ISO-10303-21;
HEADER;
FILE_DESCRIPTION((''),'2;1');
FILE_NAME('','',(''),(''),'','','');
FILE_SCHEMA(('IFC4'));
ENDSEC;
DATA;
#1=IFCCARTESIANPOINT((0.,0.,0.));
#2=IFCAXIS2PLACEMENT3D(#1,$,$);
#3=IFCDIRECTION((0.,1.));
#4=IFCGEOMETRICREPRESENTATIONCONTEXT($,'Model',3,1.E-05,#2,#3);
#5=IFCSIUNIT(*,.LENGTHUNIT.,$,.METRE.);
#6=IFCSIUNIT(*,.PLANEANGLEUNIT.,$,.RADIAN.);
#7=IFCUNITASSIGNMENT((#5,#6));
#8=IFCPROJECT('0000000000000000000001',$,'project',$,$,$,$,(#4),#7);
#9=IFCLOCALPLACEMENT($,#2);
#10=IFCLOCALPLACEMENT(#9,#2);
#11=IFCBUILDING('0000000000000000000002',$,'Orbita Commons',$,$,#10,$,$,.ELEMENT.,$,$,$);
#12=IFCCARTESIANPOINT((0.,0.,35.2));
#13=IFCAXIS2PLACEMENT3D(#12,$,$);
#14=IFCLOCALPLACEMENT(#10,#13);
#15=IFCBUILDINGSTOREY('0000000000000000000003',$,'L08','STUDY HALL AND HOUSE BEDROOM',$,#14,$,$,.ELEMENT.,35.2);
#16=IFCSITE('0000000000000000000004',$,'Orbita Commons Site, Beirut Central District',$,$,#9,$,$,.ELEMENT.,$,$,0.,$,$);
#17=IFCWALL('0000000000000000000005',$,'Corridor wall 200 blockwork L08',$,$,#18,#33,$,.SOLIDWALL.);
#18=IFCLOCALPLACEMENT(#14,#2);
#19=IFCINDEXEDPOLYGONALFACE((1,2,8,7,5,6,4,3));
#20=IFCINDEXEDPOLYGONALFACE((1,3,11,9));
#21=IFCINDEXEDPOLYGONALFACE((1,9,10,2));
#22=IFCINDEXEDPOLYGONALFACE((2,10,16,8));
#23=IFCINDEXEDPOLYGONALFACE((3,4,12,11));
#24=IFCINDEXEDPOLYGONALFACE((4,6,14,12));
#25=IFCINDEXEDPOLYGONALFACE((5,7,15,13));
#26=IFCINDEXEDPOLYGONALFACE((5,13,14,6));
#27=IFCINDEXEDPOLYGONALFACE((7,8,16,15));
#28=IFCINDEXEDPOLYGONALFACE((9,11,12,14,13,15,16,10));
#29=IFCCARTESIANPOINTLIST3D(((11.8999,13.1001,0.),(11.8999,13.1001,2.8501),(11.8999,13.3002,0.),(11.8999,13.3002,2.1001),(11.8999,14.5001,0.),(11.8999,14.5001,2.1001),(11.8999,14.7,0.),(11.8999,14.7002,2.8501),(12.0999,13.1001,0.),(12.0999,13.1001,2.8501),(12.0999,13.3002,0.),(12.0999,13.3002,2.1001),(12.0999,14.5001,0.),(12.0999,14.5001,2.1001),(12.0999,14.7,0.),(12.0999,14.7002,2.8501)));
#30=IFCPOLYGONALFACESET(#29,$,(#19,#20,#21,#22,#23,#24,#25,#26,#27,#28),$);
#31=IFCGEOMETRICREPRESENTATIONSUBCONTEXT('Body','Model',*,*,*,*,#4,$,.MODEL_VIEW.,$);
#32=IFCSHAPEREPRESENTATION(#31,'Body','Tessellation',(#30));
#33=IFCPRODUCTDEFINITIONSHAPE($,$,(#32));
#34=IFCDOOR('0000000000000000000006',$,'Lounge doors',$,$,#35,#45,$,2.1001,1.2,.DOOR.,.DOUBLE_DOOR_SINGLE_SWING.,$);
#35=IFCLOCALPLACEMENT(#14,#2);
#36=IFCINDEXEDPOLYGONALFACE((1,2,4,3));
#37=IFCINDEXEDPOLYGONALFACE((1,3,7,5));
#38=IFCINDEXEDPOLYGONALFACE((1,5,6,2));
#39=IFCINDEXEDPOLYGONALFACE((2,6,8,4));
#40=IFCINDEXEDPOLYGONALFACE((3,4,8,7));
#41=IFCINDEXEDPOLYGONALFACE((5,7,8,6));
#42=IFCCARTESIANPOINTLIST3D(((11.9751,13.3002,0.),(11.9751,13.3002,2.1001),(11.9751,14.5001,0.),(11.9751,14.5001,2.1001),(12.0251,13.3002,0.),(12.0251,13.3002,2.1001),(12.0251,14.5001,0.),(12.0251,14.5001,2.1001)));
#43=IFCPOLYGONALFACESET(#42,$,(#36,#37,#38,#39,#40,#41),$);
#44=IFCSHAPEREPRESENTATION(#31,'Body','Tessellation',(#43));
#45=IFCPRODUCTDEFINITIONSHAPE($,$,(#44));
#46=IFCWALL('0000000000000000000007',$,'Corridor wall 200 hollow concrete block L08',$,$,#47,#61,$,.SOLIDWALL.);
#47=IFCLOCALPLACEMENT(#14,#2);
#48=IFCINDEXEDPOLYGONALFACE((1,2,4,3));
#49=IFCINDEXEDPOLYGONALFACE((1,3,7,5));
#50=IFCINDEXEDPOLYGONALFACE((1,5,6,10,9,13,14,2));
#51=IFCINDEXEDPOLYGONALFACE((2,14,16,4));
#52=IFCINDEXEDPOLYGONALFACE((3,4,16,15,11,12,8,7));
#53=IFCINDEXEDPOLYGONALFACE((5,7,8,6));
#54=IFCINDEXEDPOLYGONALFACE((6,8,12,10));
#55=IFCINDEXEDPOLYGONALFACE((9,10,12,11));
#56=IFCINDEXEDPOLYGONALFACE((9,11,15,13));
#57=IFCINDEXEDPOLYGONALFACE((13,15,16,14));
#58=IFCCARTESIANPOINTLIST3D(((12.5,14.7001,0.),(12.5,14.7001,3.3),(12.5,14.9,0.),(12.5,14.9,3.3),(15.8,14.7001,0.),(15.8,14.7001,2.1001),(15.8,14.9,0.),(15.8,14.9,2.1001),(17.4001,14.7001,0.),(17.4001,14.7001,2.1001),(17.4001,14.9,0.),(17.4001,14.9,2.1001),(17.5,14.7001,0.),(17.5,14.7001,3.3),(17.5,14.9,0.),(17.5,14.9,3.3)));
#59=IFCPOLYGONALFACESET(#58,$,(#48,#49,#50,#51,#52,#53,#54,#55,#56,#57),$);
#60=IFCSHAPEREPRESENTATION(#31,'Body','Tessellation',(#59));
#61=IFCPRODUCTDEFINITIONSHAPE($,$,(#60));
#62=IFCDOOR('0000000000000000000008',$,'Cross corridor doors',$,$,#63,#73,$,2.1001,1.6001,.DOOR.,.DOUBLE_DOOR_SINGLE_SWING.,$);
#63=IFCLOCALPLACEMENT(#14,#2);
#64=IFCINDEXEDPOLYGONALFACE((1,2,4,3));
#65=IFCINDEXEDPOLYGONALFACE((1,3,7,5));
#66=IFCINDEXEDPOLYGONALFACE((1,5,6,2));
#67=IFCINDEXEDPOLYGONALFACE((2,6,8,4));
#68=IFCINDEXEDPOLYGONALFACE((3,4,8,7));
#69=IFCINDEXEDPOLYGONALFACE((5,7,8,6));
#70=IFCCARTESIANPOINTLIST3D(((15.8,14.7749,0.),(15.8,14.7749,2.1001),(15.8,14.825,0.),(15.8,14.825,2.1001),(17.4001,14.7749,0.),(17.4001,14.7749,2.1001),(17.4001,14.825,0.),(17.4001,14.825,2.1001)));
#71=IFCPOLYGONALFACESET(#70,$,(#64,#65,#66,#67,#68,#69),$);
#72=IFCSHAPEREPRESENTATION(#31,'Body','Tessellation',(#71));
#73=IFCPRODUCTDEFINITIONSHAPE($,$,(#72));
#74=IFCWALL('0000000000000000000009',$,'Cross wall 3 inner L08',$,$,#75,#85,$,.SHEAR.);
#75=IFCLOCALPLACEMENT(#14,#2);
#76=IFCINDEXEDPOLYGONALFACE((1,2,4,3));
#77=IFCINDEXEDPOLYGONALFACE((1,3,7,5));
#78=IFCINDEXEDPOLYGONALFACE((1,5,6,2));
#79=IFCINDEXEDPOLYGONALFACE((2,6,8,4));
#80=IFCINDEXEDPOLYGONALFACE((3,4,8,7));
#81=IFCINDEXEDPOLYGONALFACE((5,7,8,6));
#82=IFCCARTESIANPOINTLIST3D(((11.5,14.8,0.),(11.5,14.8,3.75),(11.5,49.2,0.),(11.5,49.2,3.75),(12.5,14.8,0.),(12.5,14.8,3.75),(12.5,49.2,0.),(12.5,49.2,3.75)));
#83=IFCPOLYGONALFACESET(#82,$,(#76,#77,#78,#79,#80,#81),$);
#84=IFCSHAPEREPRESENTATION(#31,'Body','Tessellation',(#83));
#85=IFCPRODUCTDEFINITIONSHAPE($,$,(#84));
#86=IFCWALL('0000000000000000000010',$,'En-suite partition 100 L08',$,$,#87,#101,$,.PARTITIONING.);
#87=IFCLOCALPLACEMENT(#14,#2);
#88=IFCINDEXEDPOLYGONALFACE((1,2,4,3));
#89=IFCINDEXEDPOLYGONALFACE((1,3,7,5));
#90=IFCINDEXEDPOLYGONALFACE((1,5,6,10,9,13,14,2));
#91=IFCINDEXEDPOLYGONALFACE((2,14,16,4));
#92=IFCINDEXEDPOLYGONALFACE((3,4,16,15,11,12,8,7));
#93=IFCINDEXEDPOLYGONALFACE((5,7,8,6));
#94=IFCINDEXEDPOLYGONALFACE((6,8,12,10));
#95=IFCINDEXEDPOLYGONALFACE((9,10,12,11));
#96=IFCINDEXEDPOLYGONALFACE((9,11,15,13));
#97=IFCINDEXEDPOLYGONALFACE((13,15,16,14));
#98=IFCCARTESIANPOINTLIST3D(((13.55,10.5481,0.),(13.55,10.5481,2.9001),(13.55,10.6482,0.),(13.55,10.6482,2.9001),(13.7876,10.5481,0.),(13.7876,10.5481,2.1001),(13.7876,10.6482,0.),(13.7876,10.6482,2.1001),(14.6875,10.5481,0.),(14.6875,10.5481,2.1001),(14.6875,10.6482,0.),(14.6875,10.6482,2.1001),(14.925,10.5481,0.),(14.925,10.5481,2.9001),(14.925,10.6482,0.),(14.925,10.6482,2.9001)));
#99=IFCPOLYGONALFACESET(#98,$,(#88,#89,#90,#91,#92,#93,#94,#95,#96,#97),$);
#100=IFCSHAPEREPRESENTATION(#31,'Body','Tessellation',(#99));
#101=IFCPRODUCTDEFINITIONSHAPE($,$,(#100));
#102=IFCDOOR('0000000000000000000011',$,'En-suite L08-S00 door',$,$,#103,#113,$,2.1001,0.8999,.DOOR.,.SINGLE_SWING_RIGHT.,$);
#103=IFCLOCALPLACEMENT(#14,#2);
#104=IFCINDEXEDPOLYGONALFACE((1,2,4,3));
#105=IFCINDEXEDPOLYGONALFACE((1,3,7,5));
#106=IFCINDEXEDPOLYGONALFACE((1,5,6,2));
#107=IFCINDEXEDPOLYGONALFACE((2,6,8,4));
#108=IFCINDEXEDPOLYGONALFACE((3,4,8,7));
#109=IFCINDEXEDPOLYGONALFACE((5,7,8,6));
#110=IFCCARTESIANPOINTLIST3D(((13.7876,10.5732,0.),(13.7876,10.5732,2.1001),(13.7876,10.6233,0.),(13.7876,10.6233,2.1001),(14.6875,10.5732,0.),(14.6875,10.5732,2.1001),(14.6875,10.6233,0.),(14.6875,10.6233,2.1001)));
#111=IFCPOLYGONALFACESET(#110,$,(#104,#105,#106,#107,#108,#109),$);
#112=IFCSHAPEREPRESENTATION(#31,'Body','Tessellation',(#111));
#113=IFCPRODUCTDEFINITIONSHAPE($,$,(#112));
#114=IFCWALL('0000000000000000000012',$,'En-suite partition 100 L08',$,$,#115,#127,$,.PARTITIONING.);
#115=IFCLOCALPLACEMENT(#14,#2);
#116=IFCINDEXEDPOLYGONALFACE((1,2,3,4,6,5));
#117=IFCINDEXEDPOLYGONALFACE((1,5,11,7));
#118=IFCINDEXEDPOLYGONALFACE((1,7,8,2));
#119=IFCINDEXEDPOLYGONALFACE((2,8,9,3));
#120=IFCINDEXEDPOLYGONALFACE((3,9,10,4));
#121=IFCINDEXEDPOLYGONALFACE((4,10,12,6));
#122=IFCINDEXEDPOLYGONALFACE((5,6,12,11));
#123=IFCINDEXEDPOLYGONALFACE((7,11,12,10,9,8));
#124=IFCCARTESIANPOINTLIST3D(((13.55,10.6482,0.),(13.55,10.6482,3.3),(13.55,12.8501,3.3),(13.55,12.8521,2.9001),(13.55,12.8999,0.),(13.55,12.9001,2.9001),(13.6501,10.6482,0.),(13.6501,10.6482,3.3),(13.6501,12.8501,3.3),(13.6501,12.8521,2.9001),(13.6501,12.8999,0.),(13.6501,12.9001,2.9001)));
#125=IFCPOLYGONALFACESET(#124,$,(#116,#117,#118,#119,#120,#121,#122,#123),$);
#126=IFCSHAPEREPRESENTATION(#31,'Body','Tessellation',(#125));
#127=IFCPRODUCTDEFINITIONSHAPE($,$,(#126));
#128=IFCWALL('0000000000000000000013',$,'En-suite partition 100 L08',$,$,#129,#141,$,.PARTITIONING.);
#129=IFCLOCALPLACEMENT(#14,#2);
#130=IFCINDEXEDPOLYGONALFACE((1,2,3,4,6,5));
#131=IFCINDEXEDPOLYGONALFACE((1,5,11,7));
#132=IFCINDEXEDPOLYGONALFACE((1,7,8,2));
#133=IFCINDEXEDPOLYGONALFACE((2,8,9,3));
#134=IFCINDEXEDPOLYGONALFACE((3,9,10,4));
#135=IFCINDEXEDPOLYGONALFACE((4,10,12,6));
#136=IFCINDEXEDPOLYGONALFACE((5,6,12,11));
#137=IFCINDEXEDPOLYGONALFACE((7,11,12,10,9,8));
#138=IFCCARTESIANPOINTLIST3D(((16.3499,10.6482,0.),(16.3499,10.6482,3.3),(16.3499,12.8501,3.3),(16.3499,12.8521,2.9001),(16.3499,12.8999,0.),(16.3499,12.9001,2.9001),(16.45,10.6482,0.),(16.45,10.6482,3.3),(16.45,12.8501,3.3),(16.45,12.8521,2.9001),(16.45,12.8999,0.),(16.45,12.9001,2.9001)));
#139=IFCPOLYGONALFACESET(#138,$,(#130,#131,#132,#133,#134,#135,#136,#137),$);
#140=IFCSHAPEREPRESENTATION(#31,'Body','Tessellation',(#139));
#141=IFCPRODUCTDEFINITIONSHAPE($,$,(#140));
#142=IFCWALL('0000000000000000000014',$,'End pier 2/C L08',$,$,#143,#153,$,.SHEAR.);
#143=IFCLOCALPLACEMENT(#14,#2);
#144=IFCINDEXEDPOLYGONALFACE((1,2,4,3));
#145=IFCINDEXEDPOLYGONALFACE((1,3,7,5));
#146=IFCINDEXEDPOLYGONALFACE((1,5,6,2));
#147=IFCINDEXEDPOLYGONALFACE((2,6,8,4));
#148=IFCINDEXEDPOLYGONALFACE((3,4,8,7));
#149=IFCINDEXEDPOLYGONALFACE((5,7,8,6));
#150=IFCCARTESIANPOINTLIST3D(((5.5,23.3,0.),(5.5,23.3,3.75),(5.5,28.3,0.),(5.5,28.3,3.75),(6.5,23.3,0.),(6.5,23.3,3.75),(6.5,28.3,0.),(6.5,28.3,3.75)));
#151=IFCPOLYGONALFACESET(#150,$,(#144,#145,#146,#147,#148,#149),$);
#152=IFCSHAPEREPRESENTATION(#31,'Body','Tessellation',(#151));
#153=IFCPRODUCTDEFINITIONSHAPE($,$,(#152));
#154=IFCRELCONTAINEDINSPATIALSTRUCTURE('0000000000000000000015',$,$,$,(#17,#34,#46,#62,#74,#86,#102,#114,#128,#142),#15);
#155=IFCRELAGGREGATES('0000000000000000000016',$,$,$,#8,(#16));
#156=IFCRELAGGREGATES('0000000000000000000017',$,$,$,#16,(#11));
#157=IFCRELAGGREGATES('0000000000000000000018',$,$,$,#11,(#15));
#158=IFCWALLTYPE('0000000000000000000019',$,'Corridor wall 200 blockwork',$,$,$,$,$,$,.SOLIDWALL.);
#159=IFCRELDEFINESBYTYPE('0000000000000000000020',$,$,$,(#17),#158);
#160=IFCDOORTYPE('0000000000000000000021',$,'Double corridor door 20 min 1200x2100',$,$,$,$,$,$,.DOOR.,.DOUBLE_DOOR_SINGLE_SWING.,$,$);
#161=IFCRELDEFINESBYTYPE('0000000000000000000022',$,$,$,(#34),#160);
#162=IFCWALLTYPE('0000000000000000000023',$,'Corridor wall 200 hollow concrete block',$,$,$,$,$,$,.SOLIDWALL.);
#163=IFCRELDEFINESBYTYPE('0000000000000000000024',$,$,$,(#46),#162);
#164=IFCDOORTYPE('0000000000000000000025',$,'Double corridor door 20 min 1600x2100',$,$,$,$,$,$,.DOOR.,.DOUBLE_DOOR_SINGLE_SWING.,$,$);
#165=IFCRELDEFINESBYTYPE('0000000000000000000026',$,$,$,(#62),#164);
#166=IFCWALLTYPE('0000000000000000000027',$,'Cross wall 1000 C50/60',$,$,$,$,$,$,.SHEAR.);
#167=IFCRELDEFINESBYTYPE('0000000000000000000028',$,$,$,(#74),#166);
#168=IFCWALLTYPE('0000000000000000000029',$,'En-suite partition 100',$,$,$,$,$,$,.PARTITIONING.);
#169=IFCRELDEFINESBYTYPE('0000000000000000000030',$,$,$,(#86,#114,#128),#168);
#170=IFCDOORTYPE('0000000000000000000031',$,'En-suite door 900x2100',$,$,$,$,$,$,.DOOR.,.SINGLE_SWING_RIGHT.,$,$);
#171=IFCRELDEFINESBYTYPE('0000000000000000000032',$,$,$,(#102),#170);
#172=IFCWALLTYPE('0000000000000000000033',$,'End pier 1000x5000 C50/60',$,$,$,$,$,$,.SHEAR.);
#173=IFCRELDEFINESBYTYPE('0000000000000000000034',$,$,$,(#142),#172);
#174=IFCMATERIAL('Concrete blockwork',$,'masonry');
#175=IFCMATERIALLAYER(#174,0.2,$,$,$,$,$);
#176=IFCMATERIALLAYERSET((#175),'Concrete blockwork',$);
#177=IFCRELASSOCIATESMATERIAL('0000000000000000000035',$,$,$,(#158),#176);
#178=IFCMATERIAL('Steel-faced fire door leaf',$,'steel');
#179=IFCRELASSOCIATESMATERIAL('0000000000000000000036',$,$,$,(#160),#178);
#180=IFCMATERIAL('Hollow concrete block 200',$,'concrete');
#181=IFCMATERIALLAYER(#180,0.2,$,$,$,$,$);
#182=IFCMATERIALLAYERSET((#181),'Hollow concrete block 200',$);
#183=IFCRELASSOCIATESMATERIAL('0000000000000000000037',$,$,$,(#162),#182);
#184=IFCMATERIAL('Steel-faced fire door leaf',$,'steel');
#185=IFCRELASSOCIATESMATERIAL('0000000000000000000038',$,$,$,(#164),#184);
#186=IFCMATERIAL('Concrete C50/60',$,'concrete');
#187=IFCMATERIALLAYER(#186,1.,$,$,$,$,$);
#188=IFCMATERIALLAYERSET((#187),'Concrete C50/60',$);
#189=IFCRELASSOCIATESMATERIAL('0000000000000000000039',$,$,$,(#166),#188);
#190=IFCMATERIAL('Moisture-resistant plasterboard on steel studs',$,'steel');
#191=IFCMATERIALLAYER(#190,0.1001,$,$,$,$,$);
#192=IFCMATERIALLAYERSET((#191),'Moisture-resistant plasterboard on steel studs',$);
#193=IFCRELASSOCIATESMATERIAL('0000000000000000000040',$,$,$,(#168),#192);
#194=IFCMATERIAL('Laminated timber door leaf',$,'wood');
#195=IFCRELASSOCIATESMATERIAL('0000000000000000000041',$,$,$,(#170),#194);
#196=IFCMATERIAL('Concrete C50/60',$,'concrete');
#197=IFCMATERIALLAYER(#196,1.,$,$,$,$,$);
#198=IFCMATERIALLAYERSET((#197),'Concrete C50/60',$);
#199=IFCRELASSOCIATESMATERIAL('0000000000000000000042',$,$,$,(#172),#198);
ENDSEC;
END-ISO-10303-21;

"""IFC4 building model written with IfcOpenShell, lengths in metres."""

from ifc_helpers import new_model, si_unit, direction, frame, frame_2d, origin, place, context, subcontext, project, spatial, polyline, rectangle, outline, extrude, material, layer, layer_set, type_object, element, fill, save


model = new_model("IFC4")

# Units and contexts
model_context = context("Model", 3, precision=1e-05, world=origin(), true_north=direction((0.0, 1.0)))
body_context = subcontext(model_context, "Body", "Model", "MODEL_VIEW")
ifc_project = project(units=[si_unit("LENGTHUNIT", "METRE"), si_unit("PLANEANGLEUNIT", "RADIAN")], contexts=[model_context])

# Site, building, storey
site_placement = place(None, origin())
site = spatial("IfcSite", under=ifc_project, at=site_placement, Name="Orbita Commons Site, Beirut Central District", CompositionType="ELEMENT", RefElevation=0.0)
building_placement = place(site_placement, origin())
building = spatial("IfcBuilding", under=site, at=building_placement, Name="Orbita Commons", CompositionType="ELEMENT")
storey_placement = place(building_placement, frame((0.0, 0.0, 35.2)))
storey = spatial("IfcBuildingStorey", under=building, at=storey_placement, Name="L08", Description="STUDY HALL AND HOUSE BEDROOM", CompositionType="ELEMENT", Elevation=35.2)

# Shared definitions
ifc_material_1 = material(Name="Concrete blockwork", Category="masonry")
ifc_layer_1 = layer(ifc_material_1, 0.2)
ifc_layer_set_1 = layer_set([ifc_layer_1], Name="Concrete blockwork")
wall_type_1 = type_object("IfcWallType", Name="Corridor wall 200 blockwork", PredefinedType="SOLIDWALL", material=ifc_layer_set_1)

# Walls, openings, doors
wall_1_placement = place(storey_placement, frame((12.0, 13.1001, 0.0), z_axis=(0.0, 0.0, 1.0), x_axis=(0.0, 1.0, 0.0)))
wall_1 = element("IfcWall", 1, at=wall_1_placement, inside=storey, type_object=wall_type_1, Name="Corridor wall 200 blockwork L08", PredefinedType="SOLIDWALL", context=body_context, shape_type="SweptSolid", body=[
    extrude(outline(polyline([(0.0, 0.0), (1.5999, 0.0), (1.6001, 2.8501), (0.0, 2.8501), (0.0, 0.0)])), frame((0.0, 0.1001, 0.0), z_axis=(0.0, -1.0, 0.0), x_axis=(1.0, 0.0, 0.0)), (0.0, 0.0, 1.0), 0.2),
])
opening_1_placement = place(wall_1_placement, frame((0.2, 0.0, 0.0)))
opening_1 = element("IfcOpeningElement", 2, at=opening_1_placement, cuts=wall_1, PredefinedType="OPENING", context=body_context, shape_type="SweptSolid", body=[
    extrude(rectangle(XDim=1.2, YDim=2.1001, at=frame_2d((0.6001, 1.05))), frame((0.0, 0.1099, 0.0), z_axis=(0.0, -1.0, 0.0), x_axis=(1.0, 0.0, 0.0)), (0.0, 0.0, 1.0), 0.22),
])
ifc_material_2 = material(Name="Steel-faced fire door leaf", Category="steel")
door_type_1 = type_object("IfcDoorType", Name="Double corridor door 20 min 1200x2100", OperationType="DOUBLE_DOOR_SINGLE_SWING", PredefinedType="DOOR", material=ifc_material_2)
door_1_placement = place(opening_1_placement, origin())
door_1 = element("IfcDoor", 3, at=door_1_placement, inside=storey, type_object=door_type_1, Name="Lounge doors", OperationType="DOUBLE_DOOR_SINGLE_SWING", OverallHeight=2.1001, OverallWidth=1.2, PredefinedType="DOOR", context=body_context, shape_type="SweptSolid", body=[
    extrude(rectangle(XDim=1.2, YDim=2.1001, at=frame_2d((0.6001, 1.05))), frame((0.0, 0.0249, 0.0), z_axis=(0.0, -1.0, 0.0), x_axis=(1.0, 0.0, 0.0)), (0.0, 0.0, 1.0), 0.05),
])
fill(opening_1, door_1)
ifc_material_3 = material(Name="Hollow concrete block 200", Category="concrete")
ifc_layer_2 = layer(ifc_material_3, 0.2)
ifc_layer_set_2 = layer_set([ifc_layer_2], Name="Hollow concrete block 200")
wall_type_2 = type_object("IfcWallType", Name="Corridor wall 200 hollow concrete block", PredefinedType="SOLIDWALL", material=ifc_layer_set_2)
wall_2_placement = place(storey_placement, frame((12.5, 14.8, 0.0), z_axis=(0.0, 0.0, 1.0), x_axis=(1.0, 0.0, 0.0)))
wall_2 = element("IfcWall", 4, at=wall_2_placement, inside=storey, type_object=wall_type_2, Name="Corridor wall 200 hollow concrete block L08", PredefinedType="SOLIDWALL", context=body_context, shape_type="SweptSolid", body=[
    extrude(rectangle(XDim=5.0, YDim=0.2, at=frame_2d((2.5, 0.0))), origin(), (0.0, 0.0, 1.0), 3.3),
])
opening_2_placement = place(wall_2_placement, frame((3.3, 0.0, 0.0)))
opening_2 = element("IfcOpeningElement", 5, at=opening_2_placement, cuts=wall_2, PredefinedType="OPENING", context=body_context, shape_type="SweptSolid", body=[
    extrude(rectangle(XDim=1.6001, YDim=2.1001, at=frame_2d((0.8, 1.05))), frame((0.0, 0.1099, 0.0), z_axis=(0.0, -1.0, 0.0), x_axis=(1.0, 0.0, 0.0)), (0.0, 0.0, 1.0), 0.22),
])
ifc_material_4 = material(Name="Steel-faced fire door leaf", Category="steel")
door_type_2 = type_object("IfcDoorType", Name="Double corridor door 20 min 1600x2100", OperationType="DOUBLE_DOOR_SINGLE_SWING", PredefinedType="DOOR", material=ifc_material_4)
door_2_placement = place(opening_2_placement, origin())
door_2 = element("IfcDoor", 6, at=door_2_placement, inside=storey, type_object=door_type_2, Name="Cross corridor doors", OperationType="DOUBLE_DOOR_SINGLE_SWING", OverallHeight=2.1001, OverallWidth=1.6001, PredefinedType="DOOR", context=body_context, shape_type="SweptSolid", body=[
    extrude(rectangle(XDim=1.6001, YDim=2.1001, at=frame_2d((0.8, 1.05))), frame((0.0, 0.0249, 0.0), z_axis=(0.0, -1.0, 0.0), x_axis=(1.0, 0.0, 0.0)), (0.0, 0.0, 1.0), 0.05),
])
fill(opening_2, door_2)

# Wall
ifc_material_5 = material(Name="Concrete C50/60", Category="concrete")
ifc_layer_3 = layer(ifc_material_5, 1.0)
ifc_layer_set_3 = layer_set([ifc_layer_3], Name="Concrete C50/60")
wall_type_3 = type_object("IfcWallType", Name="Cross wall 1000 C50/60", PredefinedType="SHEAR", material=ifc_layer_set_3)
wall_3_placement = place(storey_placement, frame((12.0, 14.8, 0.0), z_axis=(0.0, 0.0, 1.0), x_axis=(0.0, 1.0, 0.0)))
element("IfcWall", 7, at=wall_3_placement, inside=storey, type_object=wall_type_3, Name="Cross wall 3 inner L08", PredefinedType="SHEAR", context=body_context, shape_type="SweptSolid", body=[
    extrude(rectangle(XDim=34.3999, YDim=1.0, at=frame_2d((17.2, 0.0))), origin(), (0.0, 0.0, 1.0), 3.75),
])

# Wall, opening, door
ifc_material_6 = material(Name="Moisture-resistant plasterboard on steel studs", Category="steel")
ifc_layer_4 = layer(ifc_material_6, 0.1001)
ifc_layer_set_4 = layer_set([ifc_layer_4], Name="Moisture-resistant plasterboard on steel studs")
wall_type_4 = type_object("IfcWallType", Name="En-suite partition 100", PredefinedType="PARTITIONING", material=ifc_layer_set_4)
wall_4_placement = place(storey_placement, frame((14.925, 10.5981, 0.0), z_axis=(0.0, 0.0, 1.0), x_axis=(-1.0, 0.0, 0.0)))
wall_4 = element("IfcWall", 8, at=wall_4_placement, inside=storey, type_object=wall_type_4, Name="En-suite partition 100 L08", PredefinedType="PARTITIONING", context=body_context, shape_type="SweptSolid", body=[
    extrude(outline(polyline([(0.0, 0.0), (1.375, 0.0), (1.375, 2.9001), (0.0, 2.9001), (0.0, 0.0)])), frame((0.0, 0.05, 0.0), z_axis=(0.0, -1.0, 0.0), x_axis=(1.0, 0.0, 0.0)), (0.0, 0.0, 1.0), 0.1001),
])
opening_3_placement = place(wall_4_placement, frame((0.2375, 0.0, 0.0)))
opening_3 = element("IfcOpeningElement", 9, at=opening_3_placement, cuts=wall_4, PredefinedType="OPENING", context=body_context, shape_type="SweptSolid", body=[
    extrude(rectangle(XDim=0.8999, YDim=2.1001, at=frame_2d((0.45, 1.05))), frame((0.0, 0.0601, 0.0), z_axis=(0.0, -1.0, 0.0), x_axis=(1.0, 0.0, 0.0)), (0.0, 0.0, 1.0), 0.1201),
])
ifc_material_7 = material(Name="Laminated timber door leaf", Category="wood")
door_type_3 = type_object("IfcDoorType", Name="En-suite door 900x2100", OperationType="SINGLE_SWING_RIGHT", PredefinedType="DOOR", material=ifc_material_7)
door_3_placement = place(opening_3_placement, origin())
door_3 = element("IfcDoor", 10, at=door_3_placement, inside=storey, type_object=door_type_3, Name="En-suite L08-S00 door", OperationType="SINGLE_SWING_RIGHT", OverallHeight=2.1001, OverallWidth=0.8999, PredefinedType="DOOR", context=body_context, shape_type="SweptSolid", body=[
    extrude(rectangle(XDim=0.8999, YDim=2.1001, at=frame_2d((0.45, 1.05))), frame((0.0, 0.0249, 0.0), z_axis=(0.0, -1.0, 0.0), x_axis=(1.0, 0.0, 0.0)), (0.0, 0.0, 1.0), 0.05),
])
fill(opening_3, door_3)

# Walls
for number, where, z_axis, x_axis, name in (
    (11, (13.6001, 10.6482, 0.0), (0.0, 0.0, 1.0), (0.0, 1.0, 0.0), "En-suite partition 100 L08"),
    (12, (16.3999, 10.6482, 0.0), (0.0, 0.0, 1.0), (0.0, 1.0, 0.0), "En-suite partition 100 L08"),
):
    element("IfcWall", number, at=place(storey_placement, frame(where, z_axis=z_axis, x_axis=x_axis)), inside=storey, type_object=wall_type_4, Name=name, PredefinedType="PARTITIONING", context=body_context, shape_type="SweptSolid", body=[
        extrude(outline(polyline([(0.0, 0.0), (2.2517, 0.0), (2.252, 2.9001), (2.2039, 2.9001), (2.2019, 3.3), (0.0, 3.3), (0.0, 0.0)])), frame((0.0, 0.05, 0.0), z_axis=(0.0, -1.0, 0.0), x_axis=(1.0, 0.0, 0.0)), (0.0, 0.0, 1.0), 0.1001),
    ])
ifc_material_8 = material(Name="Concrete C50/60", Category="concrete")
ifc_layer_5 = layer(ifc_material_8, 1.0)
ifc_layer_set_5 = layer_set([ifc_layer_5], Name="Concrete C50/60")
wall_type_5 = type_object("IfcWallType", Name="End pier 1000x5000 C50/60", PredefinedType="SHEAR", material=ifc_layer_set_5)
wall_5_placement = place(storey_placement, frame((6.0, 23.3, 0.0), z_axis=(0.0, 0.0, 1.0), x_axis=(0.0, 1.0, 0.0)))
element("IfcWall", 13, at=wall_5_placement, inside=storey, type_object=wall_type_5, Name="End pier 2/C L08", PredefinedType="SHEAR", context=body_context, shape_type="SweptSolid", body=[
    extrude(rectangle(XDim=5.0, YDim=1.0, at=frame_2d((2.5, 0.0))), origin(), (0.0, 0.0, 1.0), 3.75),
])

save(model, "model.ifc")
